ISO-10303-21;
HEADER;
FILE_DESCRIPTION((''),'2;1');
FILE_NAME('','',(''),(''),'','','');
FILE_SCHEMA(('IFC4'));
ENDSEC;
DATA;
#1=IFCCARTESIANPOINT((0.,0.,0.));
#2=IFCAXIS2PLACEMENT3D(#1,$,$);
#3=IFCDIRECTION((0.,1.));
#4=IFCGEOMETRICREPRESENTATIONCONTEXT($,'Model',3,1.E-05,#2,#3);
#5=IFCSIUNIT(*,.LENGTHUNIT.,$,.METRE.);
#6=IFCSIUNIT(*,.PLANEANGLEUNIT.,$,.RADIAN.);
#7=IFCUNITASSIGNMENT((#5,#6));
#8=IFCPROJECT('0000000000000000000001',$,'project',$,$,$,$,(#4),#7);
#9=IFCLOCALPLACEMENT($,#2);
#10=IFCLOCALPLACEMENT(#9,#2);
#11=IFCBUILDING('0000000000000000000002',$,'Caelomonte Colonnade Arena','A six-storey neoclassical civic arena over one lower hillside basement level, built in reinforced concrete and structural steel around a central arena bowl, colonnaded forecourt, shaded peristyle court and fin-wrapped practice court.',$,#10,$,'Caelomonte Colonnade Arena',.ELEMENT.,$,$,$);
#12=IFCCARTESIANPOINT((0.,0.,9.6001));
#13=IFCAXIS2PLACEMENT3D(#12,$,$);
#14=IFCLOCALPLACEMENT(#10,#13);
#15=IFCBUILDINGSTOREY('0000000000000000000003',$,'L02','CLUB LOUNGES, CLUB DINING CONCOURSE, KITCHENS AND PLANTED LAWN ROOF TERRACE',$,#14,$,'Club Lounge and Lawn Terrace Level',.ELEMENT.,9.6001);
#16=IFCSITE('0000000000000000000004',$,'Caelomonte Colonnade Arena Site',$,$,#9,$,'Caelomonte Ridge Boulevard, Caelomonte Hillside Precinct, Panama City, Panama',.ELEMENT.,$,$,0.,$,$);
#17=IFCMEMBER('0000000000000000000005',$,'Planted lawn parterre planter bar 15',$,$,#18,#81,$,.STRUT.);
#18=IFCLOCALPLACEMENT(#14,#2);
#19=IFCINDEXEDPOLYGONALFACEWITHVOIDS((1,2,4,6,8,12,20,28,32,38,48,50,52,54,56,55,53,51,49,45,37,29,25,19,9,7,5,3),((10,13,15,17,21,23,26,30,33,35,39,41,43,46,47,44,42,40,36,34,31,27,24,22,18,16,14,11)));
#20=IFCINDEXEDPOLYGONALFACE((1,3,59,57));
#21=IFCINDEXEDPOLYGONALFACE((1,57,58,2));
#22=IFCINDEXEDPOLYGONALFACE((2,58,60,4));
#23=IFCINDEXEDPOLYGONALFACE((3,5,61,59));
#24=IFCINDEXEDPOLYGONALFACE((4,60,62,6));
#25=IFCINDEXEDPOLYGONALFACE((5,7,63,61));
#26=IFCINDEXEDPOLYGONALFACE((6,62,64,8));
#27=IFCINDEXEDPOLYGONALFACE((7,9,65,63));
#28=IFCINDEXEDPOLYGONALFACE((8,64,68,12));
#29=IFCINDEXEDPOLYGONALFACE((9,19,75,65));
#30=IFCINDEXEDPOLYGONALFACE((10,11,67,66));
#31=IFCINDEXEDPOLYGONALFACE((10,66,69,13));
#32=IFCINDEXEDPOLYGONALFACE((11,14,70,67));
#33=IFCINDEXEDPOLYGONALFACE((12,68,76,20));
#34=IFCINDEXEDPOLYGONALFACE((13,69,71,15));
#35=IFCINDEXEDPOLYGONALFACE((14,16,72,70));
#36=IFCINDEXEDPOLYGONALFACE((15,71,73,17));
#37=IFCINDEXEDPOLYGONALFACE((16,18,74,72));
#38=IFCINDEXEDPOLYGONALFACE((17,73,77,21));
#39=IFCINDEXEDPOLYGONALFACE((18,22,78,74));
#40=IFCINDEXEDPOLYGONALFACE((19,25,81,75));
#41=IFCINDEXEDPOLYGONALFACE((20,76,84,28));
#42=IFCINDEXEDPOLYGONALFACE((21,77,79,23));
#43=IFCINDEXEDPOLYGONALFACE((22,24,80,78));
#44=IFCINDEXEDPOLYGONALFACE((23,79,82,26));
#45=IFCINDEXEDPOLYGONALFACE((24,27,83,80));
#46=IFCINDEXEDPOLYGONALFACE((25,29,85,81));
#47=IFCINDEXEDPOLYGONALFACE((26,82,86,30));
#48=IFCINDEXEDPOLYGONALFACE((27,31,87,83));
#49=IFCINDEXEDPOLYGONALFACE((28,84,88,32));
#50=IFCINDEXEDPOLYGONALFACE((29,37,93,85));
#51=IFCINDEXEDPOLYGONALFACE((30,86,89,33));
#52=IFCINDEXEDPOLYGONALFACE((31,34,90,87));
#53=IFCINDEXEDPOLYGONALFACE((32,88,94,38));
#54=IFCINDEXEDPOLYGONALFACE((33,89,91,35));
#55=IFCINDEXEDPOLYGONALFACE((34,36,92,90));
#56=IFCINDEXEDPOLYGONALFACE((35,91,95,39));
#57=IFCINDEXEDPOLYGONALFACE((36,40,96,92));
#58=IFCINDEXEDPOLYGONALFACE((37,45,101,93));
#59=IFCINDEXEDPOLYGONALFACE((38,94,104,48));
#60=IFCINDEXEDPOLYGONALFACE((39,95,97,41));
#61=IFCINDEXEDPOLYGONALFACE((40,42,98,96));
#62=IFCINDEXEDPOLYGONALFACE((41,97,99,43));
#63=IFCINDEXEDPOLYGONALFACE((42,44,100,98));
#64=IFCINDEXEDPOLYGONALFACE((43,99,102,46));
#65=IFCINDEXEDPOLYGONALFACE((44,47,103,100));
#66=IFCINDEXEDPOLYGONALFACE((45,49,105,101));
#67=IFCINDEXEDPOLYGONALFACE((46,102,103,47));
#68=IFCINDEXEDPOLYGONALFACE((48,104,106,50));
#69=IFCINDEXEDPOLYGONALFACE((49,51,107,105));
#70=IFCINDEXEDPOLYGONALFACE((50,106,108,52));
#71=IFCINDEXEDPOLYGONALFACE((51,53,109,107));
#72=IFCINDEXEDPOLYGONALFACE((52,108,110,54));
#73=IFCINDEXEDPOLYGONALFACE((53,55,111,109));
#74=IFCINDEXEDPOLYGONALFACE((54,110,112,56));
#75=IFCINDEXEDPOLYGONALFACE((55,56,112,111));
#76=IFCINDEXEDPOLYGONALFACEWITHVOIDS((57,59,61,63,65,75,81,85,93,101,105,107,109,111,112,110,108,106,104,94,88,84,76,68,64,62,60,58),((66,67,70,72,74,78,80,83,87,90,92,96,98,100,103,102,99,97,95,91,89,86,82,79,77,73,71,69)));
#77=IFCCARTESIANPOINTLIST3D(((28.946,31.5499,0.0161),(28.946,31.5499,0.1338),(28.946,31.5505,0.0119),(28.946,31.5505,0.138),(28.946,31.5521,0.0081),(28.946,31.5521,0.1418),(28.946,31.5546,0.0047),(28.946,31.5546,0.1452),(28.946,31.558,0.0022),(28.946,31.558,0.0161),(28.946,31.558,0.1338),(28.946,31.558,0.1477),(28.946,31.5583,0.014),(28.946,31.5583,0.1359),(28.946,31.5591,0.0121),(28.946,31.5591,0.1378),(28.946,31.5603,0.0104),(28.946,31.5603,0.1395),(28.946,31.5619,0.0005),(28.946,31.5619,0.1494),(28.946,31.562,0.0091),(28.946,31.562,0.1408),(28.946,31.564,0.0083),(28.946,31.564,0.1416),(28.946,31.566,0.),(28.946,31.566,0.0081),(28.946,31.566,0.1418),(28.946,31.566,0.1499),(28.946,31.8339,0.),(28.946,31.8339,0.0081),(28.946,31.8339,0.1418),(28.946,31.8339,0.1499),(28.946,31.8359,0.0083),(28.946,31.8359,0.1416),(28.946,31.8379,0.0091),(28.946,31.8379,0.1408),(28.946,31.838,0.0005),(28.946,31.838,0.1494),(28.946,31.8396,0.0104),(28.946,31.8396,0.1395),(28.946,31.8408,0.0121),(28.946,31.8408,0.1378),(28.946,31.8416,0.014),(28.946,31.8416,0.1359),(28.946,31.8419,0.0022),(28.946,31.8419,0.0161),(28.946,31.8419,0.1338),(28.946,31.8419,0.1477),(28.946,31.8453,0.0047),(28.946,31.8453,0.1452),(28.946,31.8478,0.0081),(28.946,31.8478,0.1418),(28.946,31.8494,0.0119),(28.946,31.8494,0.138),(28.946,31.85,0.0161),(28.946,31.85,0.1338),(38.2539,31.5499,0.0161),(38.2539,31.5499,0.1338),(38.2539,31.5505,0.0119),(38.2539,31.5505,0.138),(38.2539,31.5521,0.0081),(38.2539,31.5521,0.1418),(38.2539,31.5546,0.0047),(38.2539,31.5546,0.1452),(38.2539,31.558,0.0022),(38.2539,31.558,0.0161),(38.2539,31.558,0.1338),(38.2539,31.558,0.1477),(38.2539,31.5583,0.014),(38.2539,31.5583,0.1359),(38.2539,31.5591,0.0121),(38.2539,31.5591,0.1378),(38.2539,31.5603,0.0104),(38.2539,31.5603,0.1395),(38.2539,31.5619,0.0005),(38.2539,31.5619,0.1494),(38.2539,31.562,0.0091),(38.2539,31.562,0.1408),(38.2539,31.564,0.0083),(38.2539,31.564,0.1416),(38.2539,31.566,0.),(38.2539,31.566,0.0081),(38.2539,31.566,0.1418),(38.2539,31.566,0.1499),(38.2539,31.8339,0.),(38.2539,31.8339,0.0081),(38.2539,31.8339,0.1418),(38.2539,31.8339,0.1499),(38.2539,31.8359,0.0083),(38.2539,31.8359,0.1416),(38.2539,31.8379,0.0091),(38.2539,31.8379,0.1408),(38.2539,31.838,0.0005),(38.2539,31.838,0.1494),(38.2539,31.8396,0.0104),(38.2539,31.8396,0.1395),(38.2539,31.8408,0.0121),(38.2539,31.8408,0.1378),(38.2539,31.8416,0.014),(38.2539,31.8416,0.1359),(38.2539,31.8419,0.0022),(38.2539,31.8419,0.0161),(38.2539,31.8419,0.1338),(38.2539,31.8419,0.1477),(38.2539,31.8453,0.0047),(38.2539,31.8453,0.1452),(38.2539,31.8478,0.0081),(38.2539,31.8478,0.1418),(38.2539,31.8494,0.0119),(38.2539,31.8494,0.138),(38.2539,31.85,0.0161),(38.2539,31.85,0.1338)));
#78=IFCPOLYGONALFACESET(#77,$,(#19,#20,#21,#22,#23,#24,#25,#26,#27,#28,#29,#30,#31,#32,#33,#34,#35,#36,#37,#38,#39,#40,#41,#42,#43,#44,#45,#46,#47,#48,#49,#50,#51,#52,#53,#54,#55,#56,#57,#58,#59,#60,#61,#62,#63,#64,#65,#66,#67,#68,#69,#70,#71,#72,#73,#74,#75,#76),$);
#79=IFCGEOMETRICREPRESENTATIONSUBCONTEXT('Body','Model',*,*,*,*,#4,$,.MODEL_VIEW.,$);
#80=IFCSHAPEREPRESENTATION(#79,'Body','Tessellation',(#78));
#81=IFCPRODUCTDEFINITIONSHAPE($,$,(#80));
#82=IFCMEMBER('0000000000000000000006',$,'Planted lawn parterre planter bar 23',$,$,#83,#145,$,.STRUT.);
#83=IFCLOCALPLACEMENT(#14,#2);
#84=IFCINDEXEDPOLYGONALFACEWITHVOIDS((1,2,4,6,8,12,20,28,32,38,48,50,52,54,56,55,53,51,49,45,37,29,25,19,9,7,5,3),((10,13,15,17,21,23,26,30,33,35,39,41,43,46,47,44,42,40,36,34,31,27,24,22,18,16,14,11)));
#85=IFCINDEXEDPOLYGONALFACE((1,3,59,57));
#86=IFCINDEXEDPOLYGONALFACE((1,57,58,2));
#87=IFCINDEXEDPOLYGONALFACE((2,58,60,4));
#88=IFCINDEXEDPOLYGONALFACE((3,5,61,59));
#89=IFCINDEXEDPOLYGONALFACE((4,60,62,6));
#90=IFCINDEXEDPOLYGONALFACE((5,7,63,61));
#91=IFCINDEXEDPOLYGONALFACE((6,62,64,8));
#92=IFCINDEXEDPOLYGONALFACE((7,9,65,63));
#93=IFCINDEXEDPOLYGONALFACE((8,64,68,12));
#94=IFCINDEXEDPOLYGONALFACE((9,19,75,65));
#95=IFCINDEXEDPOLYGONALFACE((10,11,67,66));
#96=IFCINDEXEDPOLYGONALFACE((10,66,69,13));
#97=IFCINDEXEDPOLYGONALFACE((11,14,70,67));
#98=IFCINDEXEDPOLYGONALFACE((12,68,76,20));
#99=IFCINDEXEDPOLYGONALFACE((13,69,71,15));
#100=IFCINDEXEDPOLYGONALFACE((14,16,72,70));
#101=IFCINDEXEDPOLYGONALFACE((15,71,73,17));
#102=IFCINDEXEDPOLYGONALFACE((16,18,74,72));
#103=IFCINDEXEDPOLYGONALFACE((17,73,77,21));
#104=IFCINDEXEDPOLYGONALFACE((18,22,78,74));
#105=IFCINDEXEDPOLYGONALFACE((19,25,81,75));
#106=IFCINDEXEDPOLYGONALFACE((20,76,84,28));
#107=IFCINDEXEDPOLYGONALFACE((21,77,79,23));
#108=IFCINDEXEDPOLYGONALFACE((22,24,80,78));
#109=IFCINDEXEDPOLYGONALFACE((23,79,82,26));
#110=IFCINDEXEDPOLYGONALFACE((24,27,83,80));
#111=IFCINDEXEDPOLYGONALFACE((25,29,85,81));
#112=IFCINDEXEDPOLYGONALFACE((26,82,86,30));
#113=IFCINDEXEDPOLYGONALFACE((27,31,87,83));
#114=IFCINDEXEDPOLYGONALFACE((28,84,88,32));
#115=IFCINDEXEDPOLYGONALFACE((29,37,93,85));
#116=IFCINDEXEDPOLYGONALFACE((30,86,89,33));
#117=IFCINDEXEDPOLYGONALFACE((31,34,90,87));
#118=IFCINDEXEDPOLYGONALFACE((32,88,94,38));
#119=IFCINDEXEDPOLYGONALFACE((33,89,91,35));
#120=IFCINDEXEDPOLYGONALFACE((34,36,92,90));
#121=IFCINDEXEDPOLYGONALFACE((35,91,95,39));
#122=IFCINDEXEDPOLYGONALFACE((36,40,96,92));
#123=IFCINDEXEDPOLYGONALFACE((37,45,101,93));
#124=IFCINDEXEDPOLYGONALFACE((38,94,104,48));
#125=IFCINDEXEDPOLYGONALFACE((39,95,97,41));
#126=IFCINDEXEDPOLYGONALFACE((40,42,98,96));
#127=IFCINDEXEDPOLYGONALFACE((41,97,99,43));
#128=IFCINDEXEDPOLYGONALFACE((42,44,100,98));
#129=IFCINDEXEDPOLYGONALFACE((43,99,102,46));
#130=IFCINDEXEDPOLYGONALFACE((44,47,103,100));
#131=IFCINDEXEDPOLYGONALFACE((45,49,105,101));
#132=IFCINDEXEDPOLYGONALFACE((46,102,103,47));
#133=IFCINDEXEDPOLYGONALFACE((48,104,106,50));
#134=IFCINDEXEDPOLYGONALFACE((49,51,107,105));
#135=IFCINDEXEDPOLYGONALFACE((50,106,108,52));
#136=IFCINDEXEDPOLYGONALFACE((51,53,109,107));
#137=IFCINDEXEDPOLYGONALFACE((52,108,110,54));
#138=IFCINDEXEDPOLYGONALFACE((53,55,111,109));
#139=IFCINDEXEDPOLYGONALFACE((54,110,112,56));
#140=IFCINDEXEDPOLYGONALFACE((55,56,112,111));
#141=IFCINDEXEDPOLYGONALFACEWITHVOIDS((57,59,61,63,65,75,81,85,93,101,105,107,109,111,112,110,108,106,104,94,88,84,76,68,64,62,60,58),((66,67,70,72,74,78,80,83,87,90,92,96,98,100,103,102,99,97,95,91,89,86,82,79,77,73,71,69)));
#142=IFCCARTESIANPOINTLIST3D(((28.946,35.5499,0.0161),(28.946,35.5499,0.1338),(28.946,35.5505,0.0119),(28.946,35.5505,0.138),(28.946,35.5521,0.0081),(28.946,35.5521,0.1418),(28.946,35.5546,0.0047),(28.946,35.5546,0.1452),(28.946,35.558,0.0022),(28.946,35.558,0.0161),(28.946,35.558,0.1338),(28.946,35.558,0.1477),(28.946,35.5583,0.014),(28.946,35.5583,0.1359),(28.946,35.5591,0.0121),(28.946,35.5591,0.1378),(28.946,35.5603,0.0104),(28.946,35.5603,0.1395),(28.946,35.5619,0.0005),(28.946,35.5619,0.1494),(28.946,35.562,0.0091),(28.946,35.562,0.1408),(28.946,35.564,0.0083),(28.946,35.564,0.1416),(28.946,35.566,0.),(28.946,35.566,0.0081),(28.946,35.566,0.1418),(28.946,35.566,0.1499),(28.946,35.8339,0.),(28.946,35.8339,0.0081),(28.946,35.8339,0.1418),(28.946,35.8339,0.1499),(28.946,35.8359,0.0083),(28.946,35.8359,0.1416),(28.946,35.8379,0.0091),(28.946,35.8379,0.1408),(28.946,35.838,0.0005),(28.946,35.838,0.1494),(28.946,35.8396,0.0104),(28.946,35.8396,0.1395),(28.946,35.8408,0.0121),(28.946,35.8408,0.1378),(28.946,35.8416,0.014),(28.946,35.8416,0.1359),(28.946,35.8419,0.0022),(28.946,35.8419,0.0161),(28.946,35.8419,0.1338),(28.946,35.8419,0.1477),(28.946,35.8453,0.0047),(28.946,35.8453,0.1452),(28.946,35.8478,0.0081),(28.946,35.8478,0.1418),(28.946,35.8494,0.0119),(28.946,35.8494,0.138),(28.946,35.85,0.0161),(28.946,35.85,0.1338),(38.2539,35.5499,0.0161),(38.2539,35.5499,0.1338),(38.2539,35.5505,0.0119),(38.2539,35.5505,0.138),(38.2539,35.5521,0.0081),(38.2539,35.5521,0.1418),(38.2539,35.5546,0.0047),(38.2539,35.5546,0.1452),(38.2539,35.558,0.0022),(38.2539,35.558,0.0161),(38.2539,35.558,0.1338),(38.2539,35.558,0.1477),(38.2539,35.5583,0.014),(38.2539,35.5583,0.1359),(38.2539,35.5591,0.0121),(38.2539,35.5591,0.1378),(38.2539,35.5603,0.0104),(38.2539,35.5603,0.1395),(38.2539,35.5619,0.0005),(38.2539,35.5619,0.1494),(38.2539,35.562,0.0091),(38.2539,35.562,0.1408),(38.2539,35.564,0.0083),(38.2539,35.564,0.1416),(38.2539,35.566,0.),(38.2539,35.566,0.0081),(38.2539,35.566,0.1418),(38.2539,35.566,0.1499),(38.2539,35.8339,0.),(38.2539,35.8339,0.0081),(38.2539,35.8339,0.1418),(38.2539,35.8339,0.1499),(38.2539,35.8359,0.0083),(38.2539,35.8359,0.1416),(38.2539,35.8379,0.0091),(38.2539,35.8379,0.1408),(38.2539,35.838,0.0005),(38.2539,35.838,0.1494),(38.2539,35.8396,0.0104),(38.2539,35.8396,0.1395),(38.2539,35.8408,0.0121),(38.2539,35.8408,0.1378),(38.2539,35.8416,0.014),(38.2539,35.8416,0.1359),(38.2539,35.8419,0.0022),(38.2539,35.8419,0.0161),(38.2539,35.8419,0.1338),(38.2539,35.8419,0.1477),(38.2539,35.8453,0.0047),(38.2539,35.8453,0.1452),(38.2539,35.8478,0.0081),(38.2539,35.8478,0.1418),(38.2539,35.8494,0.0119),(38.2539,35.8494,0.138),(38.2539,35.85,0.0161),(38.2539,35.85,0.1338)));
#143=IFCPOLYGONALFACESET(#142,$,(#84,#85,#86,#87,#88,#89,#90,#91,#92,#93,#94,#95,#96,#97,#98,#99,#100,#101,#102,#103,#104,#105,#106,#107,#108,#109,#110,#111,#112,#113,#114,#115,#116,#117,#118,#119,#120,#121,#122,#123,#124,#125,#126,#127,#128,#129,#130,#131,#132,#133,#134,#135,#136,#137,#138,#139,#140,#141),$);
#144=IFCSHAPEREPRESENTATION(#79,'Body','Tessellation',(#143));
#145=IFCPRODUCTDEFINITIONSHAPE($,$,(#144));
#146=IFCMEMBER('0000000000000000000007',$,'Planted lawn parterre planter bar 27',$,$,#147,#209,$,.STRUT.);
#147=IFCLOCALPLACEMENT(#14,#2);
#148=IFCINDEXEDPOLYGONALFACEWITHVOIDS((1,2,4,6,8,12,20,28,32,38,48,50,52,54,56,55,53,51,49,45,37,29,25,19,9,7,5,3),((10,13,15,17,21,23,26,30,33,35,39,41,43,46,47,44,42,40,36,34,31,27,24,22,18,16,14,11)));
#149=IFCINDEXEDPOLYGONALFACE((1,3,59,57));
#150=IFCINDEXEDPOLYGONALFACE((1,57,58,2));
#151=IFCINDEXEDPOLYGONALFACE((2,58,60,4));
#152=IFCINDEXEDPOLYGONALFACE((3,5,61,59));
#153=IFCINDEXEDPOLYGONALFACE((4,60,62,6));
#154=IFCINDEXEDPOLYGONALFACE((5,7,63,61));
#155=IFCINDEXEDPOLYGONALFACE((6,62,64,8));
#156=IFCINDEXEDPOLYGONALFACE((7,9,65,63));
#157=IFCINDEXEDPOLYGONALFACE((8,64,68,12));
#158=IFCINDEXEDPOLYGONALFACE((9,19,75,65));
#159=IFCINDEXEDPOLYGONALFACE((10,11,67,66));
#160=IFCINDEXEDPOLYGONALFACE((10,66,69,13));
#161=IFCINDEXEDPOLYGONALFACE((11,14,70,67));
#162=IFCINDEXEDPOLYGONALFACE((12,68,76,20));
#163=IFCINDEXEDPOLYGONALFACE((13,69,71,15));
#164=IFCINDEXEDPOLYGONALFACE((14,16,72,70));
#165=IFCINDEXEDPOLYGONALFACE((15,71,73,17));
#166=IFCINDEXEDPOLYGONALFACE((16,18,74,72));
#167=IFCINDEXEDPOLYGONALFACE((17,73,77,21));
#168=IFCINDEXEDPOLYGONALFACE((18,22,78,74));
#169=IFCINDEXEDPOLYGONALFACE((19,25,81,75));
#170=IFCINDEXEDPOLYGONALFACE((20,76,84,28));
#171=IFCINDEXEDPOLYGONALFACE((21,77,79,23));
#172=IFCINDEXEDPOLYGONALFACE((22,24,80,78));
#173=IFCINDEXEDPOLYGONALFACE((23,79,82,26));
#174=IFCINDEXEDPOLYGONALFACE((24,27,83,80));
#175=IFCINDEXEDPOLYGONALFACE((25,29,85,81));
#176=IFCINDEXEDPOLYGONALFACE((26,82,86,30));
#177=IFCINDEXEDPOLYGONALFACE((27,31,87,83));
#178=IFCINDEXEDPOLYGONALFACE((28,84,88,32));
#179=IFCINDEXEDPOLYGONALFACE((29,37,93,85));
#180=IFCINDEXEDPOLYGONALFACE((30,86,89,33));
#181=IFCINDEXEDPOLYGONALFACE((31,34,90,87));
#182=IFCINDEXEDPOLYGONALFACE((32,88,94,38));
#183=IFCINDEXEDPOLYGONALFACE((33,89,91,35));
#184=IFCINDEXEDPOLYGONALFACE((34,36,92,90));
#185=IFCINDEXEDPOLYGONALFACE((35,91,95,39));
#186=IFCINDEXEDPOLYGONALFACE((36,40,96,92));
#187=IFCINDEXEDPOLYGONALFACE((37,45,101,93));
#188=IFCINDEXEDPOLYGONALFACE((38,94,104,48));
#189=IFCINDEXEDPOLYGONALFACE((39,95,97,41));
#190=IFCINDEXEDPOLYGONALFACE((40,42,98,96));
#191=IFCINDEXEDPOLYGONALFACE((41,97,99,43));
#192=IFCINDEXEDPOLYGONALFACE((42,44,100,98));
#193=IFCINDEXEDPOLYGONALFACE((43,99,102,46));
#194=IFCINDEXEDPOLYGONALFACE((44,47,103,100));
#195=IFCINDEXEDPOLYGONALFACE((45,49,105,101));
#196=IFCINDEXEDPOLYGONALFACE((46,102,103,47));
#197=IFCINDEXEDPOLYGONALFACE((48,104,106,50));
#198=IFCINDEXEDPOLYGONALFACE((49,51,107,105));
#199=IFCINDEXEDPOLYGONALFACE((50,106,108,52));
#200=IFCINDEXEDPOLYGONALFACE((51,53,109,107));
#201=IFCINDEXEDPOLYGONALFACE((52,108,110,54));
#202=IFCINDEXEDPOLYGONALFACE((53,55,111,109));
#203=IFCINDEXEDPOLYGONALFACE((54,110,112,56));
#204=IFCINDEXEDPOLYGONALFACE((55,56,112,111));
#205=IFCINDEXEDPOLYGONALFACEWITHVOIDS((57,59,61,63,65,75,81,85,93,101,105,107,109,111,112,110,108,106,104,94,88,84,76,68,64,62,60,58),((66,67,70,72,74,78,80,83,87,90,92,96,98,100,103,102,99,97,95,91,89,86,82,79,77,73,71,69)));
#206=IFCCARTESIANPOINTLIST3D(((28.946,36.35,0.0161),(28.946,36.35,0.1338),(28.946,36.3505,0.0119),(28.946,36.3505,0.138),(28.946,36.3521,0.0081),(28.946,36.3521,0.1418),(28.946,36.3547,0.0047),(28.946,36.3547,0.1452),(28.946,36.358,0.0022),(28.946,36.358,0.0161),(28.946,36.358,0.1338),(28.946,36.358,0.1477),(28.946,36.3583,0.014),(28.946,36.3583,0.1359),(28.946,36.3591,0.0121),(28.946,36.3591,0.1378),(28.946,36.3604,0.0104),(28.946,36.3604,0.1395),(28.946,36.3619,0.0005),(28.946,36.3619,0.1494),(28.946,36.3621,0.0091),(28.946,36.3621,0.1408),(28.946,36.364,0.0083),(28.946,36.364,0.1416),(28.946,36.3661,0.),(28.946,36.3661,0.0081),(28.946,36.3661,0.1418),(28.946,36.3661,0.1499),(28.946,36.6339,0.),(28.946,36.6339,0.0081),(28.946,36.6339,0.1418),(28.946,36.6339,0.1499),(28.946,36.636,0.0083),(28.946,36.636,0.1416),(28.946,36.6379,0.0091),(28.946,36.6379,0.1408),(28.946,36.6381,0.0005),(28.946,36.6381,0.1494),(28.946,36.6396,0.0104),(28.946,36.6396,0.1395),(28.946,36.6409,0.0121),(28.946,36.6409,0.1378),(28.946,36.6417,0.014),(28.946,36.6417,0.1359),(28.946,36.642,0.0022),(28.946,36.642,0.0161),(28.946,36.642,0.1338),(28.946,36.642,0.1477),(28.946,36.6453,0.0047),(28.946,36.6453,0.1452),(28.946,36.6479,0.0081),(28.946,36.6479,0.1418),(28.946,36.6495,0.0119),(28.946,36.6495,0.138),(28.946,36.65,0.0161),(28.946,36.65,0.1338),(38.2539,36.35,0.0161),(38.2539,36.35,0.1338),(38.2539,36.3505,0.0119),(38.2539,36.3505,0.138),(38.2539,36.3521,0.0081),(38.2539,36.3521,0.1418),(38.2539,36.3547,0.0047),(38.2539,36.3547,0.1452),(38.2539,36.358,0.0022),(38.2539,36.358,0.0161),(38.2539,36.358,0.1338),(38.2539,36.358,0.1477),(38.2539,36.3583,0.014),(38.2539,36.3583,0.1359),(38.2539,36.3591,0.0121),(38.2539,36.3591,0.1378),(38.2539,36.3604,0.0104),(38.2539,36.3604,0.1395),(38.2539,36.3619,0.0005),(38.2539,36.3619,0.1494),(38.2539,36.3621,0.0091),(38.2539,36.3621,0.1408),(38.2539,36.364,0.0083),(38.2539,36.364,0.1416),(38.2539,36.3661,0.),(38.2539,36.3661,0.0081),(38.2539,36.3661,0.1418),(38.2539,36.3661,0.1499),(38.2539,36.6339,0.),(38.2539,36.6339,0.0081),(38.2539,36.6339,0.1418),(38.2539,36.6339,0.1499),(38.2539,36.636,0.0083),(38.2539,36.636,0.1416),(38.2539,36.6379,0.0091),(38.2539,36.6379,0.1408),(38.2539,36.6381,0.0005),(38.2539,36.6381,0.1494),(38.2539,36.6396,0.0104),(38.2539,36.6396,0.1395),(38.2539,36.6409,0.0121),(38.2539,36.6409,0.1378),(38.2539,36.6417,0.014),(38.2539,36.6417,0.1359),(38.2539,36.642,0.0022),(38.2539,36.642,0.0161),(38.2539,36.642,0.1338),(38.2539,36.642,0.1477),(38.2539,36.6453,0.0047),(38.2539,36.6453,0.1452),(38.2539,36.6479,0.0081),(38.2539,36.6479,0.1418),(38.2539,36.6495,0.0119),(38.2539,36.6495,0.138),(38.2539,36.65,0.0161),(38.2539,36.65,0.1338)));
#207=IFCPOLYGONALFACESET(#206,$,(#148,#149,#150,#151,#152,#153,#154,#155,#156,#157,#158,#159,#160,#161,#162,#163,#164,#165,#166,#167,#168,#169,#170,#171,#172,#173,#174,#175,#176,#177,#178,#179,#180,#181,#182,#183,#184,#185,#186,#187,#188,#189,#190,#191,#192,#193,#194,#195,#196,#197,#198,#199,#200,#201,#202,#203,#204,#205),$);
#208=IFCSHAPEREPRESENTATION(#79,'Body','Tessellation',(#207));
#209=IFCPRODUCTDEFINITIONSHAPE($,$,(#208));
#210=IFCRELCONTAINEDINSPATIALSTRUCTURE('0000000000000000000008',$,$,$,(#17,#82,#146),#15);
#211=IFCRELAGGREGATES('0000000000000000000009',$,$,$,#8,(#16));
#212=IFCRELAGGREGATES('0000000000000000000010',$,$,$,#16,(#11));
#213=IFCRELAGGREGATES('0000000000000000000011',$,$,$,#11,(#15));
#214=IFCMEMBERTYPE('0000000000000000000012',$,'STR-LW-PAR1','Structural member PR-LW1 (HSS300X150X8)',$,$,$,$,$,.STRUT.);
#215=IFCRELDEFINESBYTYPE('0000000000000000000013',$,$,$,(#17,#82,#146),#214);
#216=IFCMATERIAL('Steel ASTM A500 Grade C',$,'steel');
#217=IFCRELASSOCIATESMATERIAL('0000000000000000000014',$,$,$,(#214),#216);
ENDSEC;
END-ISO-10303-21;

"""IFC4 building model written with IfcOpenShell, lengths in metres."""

from ifc_helpers import new_model, si_unit, direction, frame, origin, origin_2d, place, context, subcontext, project, spatial, hollow_rectangle, extrude, material, material_profile, profile_set, type_object, element, save


model = new_model("IFC4")

# Units and contexts
model_context = context("Model", 3, precision=1e-05, world=origin(), true_north=direction((0.0, 1.0)))
body_context = subcontext(model_context, "Body", "Model", "MODEL_VIEW")
ifc_project = project(units=[si_unit("LENGTHUNIT", "METRE"), si_unit("PLANEANGLEUNIT", "RADIAN")], contexts=[model_context])

# Site, building, storey
site_placement = place(None, origin())
site = spatial("IfcSite", under=ifc_project, at=site_placement, Name="Caelomonte Colonnade Arena Site", LongName="Caelomonte Ridge Boulevard, Caelomonte Hillside Precinct, Panama City, Panama", CompositionType="ELEMENT", RefElevation=0.0)
building_placement = place(site_placement, origin())
building = spatial("IfcBuilding", under=site, at=building_placement, Name="Caelomonte Colonnade Arena", Description="A six-storey neoclassical civic arena over one lower hillside basement level, built in reinforced concrete and structural steel around a central arena bowl, colonnaded forecourt, shaded peristyle court and fin-wrapped practice court.", LongName="Caelomonte Colonnade Arena", CompositionType="ELEMENT")
storey_placement = place(building_placement, frame((0.0, 0.0, 9.6001)))
storey = spatial("IfcBuildingStorey", under=building, at=storey_placement, Name="L02", Description="CLUB LOUNGES, CLUB DINING CONCOURSE, KITCHENS AND PLANTED LAWN ROOF TERRACE", LongName="Club Lounge and Lawn Terrace Level", CompositionType="ELEMENT", Elevation=9.6001)

# Members
ifc_material_1 = material(Name="Steel ASTM A500 Grade C", Category="steel")
ifc_material_profile_1 = material_profile(ifc_material_1, hollow_rectangle(XDim=0.3, YDim=0.1499, WallThickness=0.0081, InnerFilletRadius=0.0081, OuterFilletRadius=0.0161, at=origin_2d()), Name="HSS300X150X8")
ifc_profile_set_1 = profile_set([ifc_material_profile_1], Name="Steel ASTM A500 Grade C")
member_type = type_object("IfcMemberType", Name="STR-LW-PAR1", Description="Structural member PR-LW1 (HSS300X150X8)", PredefinedType="STRUT", material=ifc_profile_set_1)
for number, where, z_axis, x_axis, name in (
    (1, (28.946, 31.7, 0.075), (1.0, 0.0, 0.0), (0.0, 1.0, 0.0), "Planted lawn parterre planter bar 15"),
    (2, (28.946, 35.7, 0.075), (1.0, 0.0, 0.0), (0.0, 1.0, 0.0), "Planted lawn parterre planter bar 23"),
    (3, (28.946, 36.5, 0.075), (1.0, 0.0, 0.0), (0.0, 1.0, 0.0), "Planted lawn parterre planter bar 27"),
):
    element("IfcMember", number, at=place(storey_placement, frame(where, z_axis=z_axis, x_axis=x_axis)), inside=storey, type_object=member_type, Name=name, PredefinedType="STRUT", context=body_context, shape_type="SweptSolid", body=[
        extrude(hollow_rectangle(XDim=0.3, YDim=0.1499, WallThickness=0.0081, InnerFilletRadius=0.0081, OuterFilletRadius=0.0161, at=origin_2d()), origin(), (0.0, 0.0, 1.0), 9.3079),
    ])

save(model, "model.ifc")
